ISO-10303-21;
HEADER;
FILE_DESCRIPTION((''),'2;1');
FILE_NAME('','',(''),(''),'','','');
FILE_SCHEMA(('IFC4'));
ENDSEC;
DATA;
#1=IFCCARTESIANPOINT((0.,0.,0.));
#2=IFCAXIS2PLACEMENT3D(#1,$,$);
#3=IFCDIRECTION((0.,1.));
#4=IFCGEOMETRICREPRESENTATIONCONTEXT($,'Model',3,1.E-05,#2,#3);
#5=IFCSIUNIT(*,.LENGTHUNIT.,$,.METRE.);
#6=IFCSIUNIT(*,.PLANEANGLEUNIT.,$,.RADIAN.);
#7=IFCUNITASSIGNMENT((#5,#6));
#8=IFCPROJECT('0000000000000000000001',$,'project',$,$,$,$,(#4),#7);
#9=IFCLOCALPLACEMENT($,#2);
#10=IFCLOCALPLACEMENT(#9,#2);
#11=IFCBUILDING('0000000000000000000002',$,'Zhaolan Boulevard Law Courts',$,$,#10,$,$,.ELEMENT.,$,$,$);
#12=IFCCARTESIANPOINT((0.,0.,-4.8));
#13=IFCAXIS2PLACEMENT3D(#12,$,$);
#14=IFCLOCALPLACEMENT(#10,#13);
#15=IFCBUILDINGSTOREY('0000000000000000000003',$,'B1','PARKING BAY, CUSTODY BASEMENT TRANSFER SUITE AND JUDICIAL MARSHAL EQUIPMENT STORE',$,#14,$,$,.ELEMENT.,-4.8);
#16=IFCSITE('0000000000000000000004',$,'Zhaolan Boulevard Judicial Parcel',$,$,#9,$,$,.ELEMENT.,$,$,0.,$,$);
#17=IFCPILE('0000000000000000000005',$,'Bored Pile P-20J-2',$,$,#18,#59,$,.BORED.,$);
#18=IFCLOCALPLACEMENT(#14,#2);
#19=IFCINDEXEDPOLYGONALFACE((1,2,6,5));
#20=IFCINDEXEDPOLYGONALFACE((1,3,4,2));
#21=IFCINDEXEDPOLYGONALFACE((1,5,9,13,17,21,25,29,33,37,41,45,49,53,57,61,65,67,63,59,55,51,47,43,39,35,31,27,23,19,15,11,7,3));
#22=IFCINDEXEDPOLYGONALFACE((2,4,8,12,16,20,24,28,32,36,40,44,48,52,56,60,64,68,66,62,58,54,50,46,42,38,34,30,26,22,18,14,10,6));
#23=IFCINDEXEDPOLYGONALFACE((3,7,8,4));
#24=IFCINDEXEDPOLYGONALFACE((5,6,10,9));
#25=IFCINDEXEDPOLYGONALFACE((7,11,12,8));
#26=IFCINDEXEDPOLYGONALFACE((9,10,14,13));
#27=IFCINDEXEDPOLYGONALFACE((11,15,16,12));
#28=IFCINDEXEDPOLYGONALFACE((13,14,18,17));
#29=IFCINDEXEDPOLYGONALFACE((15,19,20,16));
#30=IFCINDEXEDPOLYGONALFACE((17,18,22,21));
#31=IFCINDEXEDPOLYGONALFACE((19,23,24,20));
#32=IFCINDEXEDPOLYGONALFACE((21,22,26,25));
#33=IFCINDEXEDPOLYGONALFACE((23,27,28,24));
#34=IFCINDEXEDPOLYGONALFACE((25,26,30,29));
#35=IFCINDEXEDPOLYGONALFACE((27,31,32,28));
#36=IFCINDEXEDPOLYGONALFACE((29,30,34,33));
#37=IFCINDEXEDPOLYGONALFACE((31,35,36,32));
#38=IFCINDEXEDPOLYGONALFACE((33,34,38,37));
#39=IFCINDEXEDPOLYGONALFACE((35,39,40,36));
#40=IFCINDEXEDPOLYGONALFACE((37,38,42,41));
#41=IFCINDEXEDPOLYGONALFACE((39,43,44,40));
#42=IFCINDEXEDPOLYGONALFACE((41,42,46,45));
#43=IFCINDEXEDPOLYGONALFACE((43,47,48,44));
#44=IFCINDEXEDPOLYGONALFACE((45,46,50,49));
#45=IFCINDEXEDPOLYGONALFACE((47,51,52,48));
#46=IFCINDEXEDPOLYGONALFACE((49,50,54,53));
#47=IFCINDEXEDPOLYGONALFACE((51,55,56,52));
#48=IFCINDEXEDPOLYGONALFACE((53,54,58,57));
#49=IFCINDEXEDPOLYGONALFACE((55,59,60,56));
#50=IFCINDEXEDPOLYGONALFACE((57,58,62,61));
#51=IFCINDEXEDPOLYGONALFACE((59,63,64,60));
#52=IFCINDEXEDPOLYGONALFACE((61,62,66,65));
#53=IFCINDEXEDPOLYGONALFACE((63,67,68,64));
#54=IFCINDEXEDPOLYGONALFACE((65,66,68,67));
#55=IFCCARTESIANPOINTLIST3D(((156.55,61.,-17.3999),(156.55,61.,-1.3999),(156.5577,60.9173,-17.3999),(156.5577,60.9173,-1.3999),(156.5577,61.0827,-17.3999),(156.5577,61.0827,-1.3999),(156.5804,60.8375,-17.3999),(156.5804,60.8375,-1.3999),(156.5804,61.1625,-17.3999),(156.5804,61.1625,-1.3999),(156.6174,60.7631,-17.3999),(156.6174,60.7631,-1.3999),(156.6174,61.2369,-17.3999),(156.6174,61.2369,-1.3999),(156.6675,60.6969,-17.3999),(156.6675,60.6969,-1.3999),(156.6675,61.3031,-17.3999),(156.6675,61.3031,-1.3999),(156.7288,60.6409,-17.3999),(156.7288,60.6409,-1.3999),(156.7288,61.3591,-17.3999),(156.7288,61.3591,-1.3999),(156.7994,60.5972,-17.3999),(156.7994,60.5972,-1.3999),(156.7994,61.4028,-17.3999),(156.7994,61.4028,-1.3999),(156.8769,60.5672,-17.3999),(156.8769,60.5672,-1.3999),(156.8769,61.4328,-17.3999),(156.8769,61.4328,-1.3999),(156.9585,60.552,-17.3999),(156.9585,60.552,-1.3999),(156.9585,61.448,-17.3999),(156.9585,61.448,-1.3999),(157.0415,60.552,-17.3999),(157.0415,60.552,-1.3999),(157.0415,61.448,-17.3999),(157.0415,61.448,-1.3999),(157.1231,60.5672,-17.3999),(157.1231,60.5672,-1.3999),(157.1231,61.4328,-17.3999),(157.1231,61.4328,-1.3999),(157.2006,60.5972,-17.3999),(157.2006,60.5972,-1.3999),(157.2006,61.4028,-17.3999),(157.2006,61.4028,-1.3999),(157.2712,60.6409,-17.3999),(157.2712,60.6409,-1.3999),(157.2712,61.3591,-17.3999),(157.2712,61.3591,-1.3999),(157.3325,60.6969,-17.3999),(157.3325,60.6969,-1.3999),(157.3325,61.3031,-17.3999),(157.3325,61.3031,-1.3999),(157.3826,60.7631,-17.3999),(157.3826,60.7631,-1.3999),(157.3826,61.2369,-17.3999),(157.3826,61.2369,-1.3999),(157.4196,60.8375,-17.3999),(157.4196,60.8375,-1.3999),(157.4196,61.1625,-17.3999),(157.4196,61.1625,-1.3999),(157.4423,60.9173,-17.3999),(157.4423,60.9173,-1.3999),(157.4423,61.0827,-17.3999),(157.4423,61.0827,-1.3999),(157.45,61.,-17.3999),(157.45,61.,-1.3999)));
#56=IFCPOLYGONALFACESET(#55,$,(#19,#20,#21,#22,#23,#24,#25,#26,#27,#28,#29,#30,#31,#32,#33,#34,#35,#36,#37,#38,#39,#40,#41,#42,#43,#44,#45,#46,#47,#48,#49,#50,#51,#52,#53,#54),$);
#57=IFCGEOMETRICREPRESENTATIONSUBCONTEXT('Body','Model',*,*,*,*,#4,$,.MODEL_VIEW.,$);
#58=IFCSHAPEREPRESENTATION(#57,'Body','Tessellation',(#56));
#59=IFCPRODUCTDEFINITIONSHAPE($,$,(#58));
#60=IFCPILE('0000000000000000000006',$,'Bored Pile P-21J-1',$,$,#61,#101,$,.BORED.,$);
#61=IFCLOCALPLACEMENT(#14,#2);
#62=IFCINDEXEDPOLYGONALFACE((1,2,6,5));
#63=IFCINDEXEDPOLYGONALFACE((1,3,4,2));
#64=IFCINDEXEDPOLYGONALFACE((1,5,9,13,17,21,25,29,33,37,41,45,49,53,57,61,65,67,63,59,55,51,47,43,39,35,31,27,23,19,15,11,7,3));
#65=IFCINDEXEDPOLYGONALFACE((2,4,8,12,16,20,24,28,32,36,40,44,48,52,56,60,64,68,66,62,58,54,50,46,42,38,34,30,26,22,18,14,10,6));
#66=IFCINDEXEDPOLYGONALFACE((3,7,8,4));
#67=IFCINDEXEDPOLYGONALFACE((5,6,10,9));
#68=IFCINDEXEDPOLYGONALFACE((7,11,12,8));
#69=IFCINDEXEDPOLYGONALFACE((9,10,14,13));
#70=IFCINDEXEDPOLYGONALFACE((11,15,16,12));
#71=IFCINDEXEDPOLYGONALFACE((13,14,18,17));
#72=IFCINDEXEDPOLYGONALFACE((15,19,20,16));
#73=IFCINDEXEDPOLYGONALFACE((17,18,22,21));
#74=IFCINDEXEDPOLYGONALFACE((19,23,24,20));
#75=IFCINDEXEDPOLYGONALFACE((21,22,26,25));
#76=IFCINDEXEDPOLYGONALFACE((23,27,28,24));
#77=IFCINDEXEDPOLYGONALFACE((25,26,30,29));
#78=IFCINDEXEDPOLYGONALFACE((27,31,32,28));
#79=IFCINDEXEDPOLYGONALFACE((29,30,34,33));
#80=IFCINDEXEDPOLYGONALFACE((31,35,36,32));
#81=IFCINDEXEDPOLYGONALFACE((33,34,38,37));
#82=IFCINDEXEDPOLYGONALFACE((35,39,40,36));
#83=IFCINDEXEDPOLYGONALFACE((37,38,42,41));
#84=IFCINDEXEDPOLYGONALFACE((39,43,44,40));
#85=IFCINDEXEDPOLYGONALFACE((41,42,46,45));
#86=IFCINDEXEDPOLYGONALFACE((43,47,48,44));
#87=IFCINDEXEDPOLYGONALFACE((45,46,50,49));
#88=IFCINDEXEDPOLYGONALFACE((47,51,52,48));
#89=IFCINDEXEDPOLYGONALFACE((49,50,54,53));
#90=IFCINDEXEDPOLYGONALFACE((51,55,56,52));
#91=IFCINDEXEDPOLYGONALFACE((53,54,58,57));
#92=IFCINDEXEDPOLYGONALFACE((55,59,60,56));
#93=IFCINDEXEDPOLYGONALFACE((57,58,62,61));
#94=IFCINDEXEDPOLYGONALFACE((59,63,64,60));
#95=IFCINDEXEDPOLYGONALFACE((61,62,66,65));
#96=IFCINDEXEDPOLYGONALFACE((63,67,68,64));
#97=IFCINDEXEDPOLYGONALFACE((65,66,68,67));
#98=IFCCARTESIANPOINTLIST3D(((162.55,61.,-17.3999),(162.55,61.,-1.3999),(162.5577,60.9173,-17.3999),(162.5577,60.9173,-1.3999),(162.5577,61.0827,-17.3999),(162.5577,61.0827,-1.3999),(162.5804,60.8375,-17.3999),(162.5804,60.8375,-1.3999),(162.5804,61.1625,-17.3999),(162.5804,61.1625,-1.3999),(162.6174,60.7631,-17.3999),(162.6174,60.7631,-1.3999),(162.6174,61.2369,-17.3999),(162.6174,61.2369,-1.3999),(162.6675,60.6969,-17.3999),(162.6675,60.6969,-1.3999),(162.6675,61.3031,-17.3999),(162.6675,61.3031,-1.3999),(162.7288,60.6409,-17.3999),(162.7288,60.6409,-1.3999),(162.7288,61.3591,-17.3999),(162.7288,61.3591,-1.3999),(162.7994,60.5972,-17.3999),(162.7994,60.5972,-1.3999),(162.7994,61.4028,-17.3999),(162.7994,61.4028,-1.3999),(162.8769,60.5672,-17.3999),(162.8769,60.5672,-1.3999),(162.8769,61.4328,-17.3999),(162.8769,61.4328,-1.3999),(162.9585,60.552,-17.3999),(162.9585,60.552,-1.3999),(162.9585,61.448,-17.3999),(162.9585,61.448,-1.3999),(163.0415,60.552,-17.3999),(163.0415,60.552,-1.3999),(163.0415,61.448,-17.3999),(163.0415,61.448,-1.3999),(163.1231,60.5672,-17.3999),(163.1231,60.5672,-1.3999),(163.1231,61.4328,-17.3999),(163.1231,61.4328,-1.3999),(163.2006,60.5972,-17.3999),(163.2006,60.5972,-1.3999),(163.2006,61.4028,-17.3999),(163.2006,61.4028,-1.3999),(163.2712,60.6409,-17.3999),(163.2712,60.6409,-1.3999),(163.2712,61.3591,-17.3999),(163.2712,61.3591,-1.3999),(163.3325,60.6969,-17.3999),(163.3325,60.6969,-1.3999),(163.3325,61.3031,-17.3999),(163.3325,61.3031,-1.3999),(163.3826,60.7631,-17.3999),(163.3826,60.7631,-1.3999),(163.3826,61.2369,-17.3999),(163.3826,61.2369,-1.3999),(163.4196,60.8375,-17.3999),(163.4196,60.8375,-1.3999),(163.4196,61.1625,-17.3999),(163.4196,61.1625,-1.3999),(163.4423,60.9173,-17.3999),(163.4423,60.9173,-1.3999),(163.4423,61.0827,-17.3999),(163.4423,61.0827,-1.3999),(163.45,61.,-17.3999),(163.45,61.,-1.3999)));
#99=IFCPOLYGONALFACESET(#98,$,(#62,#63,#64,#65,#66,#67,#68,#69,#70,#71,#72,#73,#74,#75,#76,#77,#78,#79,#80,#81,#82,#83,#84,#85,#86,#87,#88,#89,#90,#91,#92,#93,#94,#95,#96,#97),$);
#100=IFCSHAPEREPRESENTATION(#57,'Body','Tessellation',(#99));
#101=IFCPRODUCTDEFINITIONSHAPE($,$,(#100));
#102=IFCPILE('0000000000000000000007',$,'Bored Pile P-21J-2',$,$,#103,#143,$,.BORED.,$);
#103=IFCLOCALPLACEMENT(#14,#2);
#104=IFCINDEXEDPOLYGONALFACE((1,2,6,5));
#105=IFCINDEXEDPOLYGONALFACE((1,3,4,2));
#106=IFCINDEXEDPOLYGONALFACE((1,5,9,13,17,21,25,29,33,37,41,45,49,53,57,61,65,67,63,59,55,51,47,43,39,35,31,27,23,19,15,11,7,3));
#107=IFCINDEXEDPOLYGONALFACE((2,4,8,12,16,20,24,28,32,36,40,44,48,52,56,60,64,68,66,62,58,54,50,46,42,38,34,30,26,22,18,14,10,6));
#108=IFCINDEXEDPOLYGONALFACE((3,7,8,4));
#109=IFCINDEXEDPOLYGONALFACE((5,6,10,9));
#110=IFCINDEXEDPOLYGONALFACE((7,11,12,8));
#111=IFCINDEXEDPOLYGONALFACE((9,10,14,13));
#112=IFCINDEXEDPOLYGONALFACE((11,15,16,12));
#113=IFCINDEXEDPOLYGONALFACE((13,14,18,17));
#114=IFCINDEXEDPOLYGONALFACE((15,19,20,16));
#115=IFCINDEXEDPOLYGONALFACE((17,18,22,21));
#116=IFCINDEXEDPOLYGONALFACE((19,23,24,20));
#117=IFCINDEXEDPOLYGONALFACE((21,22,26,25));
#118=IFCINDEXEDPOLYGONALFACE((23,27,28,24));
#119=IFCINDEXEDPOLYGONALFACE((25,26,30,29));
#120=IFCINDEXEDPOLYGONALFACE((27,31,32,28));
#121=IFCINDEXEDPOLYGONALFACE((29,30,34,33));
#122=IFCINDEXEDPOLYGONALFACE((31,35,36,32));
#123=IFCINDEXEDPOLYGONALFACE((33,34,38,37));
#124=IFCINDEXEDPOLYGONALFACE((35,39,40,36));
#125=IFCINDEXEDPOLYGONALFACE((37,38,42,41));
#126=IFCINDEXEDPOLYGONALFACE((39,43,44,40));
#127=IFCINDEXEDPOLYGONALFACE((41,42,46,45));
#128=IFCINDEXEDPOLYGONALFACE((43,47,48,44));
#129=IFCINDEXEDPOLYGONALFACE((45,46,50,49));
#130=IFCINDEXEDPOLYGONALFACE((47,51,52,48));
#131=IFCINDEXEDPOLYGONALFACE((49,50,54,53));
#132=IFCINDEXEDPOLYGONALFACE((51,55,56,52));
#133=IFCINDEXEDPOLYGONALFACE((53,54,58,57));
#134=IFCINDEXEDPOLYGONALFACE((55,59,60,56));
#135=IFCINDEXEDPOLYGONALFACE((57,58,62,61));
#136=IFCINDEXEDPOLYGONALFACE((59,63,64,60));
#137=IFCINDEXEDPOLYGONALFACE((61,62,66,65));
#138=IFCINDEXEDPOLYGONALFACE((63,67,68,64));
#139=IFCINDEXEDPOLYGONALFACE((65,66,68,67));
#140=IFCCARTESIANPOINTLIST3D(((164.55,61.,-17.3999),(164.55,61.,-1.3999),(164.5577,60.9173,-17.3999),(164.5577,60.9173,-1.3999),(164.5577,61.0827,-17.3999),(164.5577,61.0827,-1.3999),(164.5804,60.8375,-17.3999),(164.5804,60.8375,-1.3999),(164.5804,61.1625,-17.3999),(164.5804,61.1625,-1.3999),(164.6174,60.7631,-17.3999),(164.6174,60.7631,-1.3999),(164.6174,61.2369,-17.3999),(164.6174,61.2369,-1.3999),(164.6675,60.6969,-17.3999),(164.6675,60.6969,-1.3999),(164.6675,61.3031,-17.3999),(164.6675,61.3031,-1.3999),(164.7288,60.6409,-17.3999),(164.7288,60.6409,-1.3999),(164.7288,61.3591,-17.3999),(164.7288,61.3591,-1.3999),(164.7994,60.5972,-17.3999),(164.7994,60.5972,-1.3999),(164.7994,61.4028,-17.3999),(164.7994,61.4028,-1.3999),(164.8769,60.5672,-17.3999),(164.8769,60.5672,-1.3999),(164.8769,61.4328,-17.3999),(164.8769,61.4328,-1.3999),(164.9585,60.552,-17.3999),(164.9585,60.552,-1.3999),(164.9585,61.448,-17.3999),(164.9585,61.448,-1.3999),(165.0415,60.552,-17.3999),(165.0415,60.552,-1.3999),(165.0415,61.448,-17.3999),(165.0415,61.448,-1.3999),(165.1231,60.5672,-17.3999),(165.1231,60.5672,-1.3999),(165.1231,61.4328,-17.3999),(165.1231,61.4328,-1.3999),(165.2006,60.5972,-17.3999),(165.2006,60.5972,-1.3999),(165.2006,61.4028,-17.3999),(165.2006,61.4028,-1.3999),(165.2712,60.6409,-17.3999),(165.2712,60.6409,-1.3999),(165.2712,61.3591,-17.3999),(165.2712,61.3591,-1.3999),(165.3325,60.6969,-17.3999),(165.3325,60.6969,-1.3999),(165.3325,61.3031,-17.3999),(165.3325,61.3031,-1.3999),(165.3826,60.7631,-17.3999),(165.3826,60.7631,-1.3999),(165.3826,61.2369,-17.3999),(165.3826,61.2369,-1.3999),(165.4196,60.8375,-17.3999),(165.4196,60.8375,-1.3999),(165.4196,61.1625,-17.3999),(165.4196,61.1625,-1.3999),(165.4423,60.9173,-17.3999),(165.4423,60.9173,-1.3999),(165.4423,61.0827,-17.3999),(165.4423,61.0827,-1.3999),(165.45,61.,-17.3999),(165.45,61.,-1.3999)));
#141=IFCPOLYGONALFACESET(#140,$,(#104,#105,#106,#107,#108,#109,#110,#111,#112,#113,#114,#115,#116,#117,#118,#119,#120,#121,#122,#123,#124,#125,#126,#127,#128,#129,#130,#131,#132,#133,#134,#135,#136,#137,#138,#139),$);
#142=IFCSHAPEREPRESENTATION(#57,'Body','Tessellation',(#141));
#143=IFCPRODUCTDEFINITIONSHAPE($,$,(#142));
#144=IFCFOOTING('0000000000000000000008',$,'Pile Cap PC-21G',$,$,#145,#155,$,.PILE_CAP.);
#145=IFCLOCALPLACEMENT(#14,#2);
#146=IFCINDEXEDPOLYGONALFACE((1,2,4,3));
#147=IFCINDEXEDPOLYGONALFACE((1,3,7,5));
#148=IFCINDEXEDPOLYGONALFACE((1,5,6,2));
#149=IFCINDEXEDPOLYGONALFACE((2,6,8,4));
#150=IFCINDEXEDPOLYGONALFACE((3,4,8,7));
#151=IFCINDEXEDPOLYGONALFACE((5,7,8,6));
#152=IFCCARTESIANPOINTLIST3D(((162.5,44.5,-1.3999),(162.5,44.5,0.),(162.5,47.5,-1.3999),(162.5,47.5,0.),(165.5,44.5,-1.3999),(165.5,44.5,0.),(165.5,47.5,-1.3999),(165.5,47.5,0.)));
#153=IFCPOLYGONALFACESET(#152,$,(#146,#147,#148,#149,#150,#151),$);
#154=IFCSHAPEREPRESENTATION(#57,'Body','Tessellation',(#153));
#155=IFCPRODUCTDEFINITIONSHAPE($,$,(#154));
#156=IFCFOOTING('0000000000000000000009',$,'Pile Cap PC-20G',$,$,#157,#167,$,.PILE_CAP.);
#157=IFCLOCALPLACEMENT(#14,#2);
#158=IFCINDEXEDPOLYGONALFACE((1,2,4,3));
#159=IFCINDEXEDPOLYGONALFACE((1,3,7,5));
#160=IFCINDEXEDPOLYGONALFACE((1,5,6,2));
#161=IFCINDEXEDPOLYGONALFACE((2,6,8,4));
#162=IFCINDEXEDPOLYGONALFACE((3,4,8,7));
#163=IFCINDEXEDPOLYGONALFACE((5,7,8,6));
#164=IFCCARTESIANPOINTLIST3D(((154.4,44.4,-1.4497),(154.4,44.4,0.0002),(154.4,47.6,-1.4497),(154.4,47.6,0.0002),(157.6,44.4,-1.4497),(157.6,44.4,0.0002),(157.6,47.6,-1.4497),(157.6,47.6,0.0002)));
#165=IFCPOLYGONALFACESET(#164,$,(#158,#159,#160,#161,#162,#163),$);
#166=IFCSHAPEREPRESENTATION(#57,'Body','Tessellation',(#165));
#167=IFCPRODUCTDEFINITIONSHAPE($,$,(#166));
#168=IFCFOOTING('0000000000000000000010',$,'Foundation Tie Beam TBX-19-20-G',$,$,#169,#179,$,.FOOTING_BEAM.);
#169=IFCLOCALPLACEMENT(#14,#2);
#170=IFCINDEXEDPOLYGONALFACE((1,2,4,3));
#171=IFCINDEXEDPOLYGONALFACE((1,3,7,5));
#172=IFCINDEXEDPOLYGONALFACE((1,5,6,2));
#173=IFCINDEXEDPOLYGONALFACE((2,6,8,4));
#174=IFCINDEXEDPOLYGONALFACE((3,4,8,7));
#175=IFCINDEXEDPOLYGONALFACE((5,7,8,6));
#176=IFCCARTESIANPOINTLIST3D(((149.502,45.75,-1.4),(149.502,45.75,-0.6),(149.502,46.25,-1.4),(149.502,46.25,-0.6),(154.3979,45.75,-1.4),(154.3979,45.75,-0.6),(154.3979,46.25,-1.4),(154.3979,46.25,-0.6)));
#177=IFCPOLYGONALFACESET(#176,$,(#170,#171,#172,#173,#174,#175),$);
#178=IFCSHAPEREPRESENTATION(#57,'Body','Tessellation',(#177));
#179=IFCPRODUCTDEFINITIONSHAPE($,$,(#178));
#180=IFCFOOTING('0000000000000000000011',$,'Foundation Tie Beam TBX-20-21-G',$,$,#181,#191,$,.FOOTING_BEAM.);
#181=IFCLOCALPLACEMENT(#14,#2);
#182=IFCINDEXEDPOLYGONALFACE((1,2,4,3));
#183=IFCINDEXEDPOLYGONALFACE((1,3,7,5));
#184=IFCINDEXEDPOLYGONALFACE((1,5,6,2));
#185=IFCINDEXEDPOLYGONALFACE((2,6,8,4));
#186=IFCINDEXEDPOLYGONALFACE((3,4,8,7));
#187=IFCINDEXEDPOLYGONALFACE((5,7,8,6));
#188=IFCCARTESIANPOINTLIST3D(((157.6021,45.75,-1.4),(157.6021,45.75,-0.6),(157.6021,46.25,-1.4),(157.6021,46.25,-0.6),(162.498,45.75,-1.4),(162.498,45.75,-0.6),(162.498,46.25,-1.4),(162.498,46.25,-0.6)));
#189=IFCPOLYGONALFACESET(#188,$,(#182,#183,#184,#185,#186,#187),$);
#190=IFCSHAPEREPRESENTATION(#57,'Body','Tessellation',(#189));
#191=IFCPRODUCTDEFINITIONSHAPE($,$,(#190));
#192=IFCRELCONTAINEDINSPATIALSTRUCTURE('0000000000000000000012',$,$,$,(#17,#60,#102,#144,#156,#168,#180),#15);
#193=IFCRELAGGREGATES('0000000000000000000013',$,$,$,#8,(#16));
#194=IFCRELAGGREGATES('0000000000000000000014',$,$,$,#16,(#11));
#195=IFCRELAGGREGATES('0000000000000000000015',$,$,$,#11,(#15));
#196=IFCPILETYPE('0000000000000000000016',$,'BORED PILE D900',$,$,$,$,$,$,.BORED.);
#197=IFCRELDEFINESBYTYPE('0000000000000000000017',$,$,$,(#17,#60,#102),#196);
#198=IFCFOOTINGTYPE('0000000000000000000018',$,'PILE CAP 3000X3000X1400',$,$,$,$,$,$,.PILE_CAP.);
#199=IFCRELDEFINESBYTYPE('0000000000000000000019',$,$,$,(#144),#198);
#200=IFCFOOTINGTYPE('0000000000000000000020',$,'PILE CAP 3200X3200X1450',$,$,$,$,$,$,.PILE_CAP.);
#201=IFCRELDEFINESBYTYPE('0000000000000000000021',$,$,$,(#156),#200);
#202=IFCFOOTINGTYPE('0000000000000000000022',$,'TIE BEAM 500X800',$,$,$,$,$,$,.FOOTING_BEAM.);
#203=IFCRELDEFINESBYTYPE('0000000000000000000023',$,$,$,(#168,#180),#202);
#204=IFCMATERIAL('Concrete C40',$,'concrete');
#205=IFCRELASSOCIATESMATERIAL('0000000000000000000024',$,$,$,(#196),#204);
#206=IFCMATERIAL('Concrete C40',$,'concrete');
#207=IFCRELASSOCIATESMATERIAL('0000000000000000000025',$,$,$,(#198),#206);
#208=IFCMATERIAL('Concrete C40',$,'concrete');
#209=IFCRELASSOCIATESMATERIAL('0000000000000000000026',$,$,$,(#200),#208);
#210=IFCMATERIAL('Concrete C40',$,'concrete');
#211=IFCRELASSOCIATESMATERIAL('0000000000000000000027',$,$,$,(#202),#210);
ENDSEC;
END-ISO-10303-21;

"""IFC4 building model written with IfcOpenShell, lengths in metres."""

from ifc_helpers import new_model, si_unit, direction, frame, origin, origin_2d, place, context, subcontext, project, spatial, rectangle, circle, extrude, material, material_profile, profile_set, type_object, element, save


model = new_model("IFC4")

# Units and contexts
model_context = context("Model", 3, precision=1e-05, world=origin(), true_north=direction((0.0, 1.0)))
body_context = subcontext(model_context, "Body", "Model", "MODEL_VIEW")
ifc_project = project(units=[si_unit("LENGTHUNIT", "METRE"), si_unit("PLANEANGLEUNIT", "RADIAN")], contexts=[model_context])

# Site, building, storey
site_placement = place(None, origin())
site = spatial("IfcSite", under=ifc_project, at=site_placement, Name="Zhaolan Boulevard Judicial Parcel", CompositionType="ELEMENT", RefElevation=0.0)
building_placement = place(site_placement, origin())
building = spatial("IfcBuilding", under=site, at=building_placement, Name="Zhaolan Boulevard Law Courts", CompositionType="ELEMENT")
storey_placement = place(building_placement, frame((0.0, 0.0, -4.8)))
storey = spatial("IfcBuildingStorey", under=building, at=storey_placement, Name="B1", Description="PARKING BAY, CUSTODY BASEMENT TRANSFER SUITE AND JUDICIAL MARSHAL EQUIPMENT STORE", CompositionType="ELEMENT", Elevation=-4.8)

# Piles
ifc_material_1 = material(Name="Concrete C40", Category="concrete")
ifc_material_profile_1 = material_profile(ifc_material_1, circle(Radius=0.45, at=origin_2d()), Name="PILE-D900")
ifc_profile_set_1 = profile_set([ifc_material_profile_1], Name="Concrete C40")
pile_type_1 = type_object("IfcPileType", Name="BORED PILE D900", PredefinedType="BORED", material=ifc_profile_set_1)
for number, where, z_axis, x_axis, name in (
    (1, (157.0, 61.0, -1.3999), (0.0, 0.0, -1.0), (1.0, 0.0, 0.0), "Bored Pile P-20J-2"),
    (2, (163.0, 61.0, -1.3999), (0.0, 0.0, -1.0), (1.0, 0.0, 0.0), "Bored Pile P-21J-1"),
    (3, (165.0, 61.0, -1.3999), (0.0, 0.0, -1.0), (1.0, 0.0, 0.0), "Bored Pile P-21J-2"),
):
    element("IfcPile", number, at=place(storey_placement, frame(where, z_axis=z_axis, x_axis=x_axis)), inside=storey, type_object=pile_type_1, Name=name, PredefinedType="BORED", context=body_context, shape_type="SweptSolid", body=[
        extrude(circle(Radius=0.45, at=origin_2d()), origin(), (0.0, 0.0, 1.0), 16.0),
    ])

# Footings
ifc_material_2 = material(Name="Concrete C40", Category="concrete")
footing_type_1 = type_object("IfcFootingType", Name="PILE CAP 3000X3000X1400", PredefinedType="PILE_CAP", material=ifc_material_2)
footing_1_placement = place(storey_placement, frame((164.0, 46.0, -1.3999), z_axis=(0.0, 0.0, 1.0), x_axis=(1.0, 0.0, 0.0)))
element("IfcFooting", 4, at=footing_1_placement, inside=storey, type_object=footing_type_1, Name="Pile Cap PC-21G", PredefinedType="PILE_CAP", context=body_context, shape_type="SweptSolid", body=[
    extrude(rectangle(XDim=3.0, YDim=3.0, at=origin_2d()), origin(), (0.0, 0.0, 1.0), 1.3999),
])
ifc_material_3 = material(Name="Concrete C40", Category="concrete")
footing_type_2 = type_object("IfcFootingType", Name="PILE CAP 3200X3200X1450", PredefinedType="PILE_CAP", material=ifc_material_3)
footing_2_placement = place(storey_placement, frame((156.0, 46.0, -1.4497), z_axis=(0.0, 0.0, 1.0), x_axis=(1.0, 0.0, 0.0)))
element("IfcFooting", 5, at=footing_2_placement, inside=storey, type_object=footing_type_2, Name="Pile Cap PC-20G", PredefinedType="PILE_CAP", context=body_context, shape_type="SweptSolid", body=[
    extrude(rectangle(XDim=3.2, YDim=3.2, at=origin_2d()), origin(), (0.0, 0.0, 1.0), 1.45),
])
ifc_material_4 = material(Name="Concrete C40", Category="concrete")
ifc_material_profile_2 = material_profile(ifc_material_4, rectangle(XDim=0.5, YDim=0.8, at=origin_2d()), Name="RC500x800")
ifc_profile_set_2 = profile_set([ifc_material_profile_2], Name="Concrete C40")
footing_type_3 = type_object("IfcFootingType", Name="TIE BEAM 500X800", PredefinedType="FOOTING_BEAM", material=ifc_profile_set_2)
for number, where, z_axis, x_axis, name in (
    (6, (149.502, 46.0, -1.0), (1.0, 0.0, 0.0), (0.0, 1.0, 0.0), "Foundation Tie Beam TBX-19-20-G"),
    (7, (157.6021, 46.0, -1.0), (1.0, 0.0, 0.0), (0.0, 1.0, 0.0), "Foundation Tie Beam TBX-20-21-G"),
):
    element("IfcFooting", number, at=place(storey_placement, frame(where, z_axis=z_axis, x_axis=x_axis)), inside=storey, type_object=footing_type_3, Name=name, PredefinedType="FOOTING_BEAM", context=body_context, shape_type="SweptSolid", body=[
        extrude(rectangle(XDim=0.5, YDim=0.8, at=origin_2d()), origin(), (0.0, 0.0, 1.0), 4.896),
    ])

save(model, "model.ifc")
